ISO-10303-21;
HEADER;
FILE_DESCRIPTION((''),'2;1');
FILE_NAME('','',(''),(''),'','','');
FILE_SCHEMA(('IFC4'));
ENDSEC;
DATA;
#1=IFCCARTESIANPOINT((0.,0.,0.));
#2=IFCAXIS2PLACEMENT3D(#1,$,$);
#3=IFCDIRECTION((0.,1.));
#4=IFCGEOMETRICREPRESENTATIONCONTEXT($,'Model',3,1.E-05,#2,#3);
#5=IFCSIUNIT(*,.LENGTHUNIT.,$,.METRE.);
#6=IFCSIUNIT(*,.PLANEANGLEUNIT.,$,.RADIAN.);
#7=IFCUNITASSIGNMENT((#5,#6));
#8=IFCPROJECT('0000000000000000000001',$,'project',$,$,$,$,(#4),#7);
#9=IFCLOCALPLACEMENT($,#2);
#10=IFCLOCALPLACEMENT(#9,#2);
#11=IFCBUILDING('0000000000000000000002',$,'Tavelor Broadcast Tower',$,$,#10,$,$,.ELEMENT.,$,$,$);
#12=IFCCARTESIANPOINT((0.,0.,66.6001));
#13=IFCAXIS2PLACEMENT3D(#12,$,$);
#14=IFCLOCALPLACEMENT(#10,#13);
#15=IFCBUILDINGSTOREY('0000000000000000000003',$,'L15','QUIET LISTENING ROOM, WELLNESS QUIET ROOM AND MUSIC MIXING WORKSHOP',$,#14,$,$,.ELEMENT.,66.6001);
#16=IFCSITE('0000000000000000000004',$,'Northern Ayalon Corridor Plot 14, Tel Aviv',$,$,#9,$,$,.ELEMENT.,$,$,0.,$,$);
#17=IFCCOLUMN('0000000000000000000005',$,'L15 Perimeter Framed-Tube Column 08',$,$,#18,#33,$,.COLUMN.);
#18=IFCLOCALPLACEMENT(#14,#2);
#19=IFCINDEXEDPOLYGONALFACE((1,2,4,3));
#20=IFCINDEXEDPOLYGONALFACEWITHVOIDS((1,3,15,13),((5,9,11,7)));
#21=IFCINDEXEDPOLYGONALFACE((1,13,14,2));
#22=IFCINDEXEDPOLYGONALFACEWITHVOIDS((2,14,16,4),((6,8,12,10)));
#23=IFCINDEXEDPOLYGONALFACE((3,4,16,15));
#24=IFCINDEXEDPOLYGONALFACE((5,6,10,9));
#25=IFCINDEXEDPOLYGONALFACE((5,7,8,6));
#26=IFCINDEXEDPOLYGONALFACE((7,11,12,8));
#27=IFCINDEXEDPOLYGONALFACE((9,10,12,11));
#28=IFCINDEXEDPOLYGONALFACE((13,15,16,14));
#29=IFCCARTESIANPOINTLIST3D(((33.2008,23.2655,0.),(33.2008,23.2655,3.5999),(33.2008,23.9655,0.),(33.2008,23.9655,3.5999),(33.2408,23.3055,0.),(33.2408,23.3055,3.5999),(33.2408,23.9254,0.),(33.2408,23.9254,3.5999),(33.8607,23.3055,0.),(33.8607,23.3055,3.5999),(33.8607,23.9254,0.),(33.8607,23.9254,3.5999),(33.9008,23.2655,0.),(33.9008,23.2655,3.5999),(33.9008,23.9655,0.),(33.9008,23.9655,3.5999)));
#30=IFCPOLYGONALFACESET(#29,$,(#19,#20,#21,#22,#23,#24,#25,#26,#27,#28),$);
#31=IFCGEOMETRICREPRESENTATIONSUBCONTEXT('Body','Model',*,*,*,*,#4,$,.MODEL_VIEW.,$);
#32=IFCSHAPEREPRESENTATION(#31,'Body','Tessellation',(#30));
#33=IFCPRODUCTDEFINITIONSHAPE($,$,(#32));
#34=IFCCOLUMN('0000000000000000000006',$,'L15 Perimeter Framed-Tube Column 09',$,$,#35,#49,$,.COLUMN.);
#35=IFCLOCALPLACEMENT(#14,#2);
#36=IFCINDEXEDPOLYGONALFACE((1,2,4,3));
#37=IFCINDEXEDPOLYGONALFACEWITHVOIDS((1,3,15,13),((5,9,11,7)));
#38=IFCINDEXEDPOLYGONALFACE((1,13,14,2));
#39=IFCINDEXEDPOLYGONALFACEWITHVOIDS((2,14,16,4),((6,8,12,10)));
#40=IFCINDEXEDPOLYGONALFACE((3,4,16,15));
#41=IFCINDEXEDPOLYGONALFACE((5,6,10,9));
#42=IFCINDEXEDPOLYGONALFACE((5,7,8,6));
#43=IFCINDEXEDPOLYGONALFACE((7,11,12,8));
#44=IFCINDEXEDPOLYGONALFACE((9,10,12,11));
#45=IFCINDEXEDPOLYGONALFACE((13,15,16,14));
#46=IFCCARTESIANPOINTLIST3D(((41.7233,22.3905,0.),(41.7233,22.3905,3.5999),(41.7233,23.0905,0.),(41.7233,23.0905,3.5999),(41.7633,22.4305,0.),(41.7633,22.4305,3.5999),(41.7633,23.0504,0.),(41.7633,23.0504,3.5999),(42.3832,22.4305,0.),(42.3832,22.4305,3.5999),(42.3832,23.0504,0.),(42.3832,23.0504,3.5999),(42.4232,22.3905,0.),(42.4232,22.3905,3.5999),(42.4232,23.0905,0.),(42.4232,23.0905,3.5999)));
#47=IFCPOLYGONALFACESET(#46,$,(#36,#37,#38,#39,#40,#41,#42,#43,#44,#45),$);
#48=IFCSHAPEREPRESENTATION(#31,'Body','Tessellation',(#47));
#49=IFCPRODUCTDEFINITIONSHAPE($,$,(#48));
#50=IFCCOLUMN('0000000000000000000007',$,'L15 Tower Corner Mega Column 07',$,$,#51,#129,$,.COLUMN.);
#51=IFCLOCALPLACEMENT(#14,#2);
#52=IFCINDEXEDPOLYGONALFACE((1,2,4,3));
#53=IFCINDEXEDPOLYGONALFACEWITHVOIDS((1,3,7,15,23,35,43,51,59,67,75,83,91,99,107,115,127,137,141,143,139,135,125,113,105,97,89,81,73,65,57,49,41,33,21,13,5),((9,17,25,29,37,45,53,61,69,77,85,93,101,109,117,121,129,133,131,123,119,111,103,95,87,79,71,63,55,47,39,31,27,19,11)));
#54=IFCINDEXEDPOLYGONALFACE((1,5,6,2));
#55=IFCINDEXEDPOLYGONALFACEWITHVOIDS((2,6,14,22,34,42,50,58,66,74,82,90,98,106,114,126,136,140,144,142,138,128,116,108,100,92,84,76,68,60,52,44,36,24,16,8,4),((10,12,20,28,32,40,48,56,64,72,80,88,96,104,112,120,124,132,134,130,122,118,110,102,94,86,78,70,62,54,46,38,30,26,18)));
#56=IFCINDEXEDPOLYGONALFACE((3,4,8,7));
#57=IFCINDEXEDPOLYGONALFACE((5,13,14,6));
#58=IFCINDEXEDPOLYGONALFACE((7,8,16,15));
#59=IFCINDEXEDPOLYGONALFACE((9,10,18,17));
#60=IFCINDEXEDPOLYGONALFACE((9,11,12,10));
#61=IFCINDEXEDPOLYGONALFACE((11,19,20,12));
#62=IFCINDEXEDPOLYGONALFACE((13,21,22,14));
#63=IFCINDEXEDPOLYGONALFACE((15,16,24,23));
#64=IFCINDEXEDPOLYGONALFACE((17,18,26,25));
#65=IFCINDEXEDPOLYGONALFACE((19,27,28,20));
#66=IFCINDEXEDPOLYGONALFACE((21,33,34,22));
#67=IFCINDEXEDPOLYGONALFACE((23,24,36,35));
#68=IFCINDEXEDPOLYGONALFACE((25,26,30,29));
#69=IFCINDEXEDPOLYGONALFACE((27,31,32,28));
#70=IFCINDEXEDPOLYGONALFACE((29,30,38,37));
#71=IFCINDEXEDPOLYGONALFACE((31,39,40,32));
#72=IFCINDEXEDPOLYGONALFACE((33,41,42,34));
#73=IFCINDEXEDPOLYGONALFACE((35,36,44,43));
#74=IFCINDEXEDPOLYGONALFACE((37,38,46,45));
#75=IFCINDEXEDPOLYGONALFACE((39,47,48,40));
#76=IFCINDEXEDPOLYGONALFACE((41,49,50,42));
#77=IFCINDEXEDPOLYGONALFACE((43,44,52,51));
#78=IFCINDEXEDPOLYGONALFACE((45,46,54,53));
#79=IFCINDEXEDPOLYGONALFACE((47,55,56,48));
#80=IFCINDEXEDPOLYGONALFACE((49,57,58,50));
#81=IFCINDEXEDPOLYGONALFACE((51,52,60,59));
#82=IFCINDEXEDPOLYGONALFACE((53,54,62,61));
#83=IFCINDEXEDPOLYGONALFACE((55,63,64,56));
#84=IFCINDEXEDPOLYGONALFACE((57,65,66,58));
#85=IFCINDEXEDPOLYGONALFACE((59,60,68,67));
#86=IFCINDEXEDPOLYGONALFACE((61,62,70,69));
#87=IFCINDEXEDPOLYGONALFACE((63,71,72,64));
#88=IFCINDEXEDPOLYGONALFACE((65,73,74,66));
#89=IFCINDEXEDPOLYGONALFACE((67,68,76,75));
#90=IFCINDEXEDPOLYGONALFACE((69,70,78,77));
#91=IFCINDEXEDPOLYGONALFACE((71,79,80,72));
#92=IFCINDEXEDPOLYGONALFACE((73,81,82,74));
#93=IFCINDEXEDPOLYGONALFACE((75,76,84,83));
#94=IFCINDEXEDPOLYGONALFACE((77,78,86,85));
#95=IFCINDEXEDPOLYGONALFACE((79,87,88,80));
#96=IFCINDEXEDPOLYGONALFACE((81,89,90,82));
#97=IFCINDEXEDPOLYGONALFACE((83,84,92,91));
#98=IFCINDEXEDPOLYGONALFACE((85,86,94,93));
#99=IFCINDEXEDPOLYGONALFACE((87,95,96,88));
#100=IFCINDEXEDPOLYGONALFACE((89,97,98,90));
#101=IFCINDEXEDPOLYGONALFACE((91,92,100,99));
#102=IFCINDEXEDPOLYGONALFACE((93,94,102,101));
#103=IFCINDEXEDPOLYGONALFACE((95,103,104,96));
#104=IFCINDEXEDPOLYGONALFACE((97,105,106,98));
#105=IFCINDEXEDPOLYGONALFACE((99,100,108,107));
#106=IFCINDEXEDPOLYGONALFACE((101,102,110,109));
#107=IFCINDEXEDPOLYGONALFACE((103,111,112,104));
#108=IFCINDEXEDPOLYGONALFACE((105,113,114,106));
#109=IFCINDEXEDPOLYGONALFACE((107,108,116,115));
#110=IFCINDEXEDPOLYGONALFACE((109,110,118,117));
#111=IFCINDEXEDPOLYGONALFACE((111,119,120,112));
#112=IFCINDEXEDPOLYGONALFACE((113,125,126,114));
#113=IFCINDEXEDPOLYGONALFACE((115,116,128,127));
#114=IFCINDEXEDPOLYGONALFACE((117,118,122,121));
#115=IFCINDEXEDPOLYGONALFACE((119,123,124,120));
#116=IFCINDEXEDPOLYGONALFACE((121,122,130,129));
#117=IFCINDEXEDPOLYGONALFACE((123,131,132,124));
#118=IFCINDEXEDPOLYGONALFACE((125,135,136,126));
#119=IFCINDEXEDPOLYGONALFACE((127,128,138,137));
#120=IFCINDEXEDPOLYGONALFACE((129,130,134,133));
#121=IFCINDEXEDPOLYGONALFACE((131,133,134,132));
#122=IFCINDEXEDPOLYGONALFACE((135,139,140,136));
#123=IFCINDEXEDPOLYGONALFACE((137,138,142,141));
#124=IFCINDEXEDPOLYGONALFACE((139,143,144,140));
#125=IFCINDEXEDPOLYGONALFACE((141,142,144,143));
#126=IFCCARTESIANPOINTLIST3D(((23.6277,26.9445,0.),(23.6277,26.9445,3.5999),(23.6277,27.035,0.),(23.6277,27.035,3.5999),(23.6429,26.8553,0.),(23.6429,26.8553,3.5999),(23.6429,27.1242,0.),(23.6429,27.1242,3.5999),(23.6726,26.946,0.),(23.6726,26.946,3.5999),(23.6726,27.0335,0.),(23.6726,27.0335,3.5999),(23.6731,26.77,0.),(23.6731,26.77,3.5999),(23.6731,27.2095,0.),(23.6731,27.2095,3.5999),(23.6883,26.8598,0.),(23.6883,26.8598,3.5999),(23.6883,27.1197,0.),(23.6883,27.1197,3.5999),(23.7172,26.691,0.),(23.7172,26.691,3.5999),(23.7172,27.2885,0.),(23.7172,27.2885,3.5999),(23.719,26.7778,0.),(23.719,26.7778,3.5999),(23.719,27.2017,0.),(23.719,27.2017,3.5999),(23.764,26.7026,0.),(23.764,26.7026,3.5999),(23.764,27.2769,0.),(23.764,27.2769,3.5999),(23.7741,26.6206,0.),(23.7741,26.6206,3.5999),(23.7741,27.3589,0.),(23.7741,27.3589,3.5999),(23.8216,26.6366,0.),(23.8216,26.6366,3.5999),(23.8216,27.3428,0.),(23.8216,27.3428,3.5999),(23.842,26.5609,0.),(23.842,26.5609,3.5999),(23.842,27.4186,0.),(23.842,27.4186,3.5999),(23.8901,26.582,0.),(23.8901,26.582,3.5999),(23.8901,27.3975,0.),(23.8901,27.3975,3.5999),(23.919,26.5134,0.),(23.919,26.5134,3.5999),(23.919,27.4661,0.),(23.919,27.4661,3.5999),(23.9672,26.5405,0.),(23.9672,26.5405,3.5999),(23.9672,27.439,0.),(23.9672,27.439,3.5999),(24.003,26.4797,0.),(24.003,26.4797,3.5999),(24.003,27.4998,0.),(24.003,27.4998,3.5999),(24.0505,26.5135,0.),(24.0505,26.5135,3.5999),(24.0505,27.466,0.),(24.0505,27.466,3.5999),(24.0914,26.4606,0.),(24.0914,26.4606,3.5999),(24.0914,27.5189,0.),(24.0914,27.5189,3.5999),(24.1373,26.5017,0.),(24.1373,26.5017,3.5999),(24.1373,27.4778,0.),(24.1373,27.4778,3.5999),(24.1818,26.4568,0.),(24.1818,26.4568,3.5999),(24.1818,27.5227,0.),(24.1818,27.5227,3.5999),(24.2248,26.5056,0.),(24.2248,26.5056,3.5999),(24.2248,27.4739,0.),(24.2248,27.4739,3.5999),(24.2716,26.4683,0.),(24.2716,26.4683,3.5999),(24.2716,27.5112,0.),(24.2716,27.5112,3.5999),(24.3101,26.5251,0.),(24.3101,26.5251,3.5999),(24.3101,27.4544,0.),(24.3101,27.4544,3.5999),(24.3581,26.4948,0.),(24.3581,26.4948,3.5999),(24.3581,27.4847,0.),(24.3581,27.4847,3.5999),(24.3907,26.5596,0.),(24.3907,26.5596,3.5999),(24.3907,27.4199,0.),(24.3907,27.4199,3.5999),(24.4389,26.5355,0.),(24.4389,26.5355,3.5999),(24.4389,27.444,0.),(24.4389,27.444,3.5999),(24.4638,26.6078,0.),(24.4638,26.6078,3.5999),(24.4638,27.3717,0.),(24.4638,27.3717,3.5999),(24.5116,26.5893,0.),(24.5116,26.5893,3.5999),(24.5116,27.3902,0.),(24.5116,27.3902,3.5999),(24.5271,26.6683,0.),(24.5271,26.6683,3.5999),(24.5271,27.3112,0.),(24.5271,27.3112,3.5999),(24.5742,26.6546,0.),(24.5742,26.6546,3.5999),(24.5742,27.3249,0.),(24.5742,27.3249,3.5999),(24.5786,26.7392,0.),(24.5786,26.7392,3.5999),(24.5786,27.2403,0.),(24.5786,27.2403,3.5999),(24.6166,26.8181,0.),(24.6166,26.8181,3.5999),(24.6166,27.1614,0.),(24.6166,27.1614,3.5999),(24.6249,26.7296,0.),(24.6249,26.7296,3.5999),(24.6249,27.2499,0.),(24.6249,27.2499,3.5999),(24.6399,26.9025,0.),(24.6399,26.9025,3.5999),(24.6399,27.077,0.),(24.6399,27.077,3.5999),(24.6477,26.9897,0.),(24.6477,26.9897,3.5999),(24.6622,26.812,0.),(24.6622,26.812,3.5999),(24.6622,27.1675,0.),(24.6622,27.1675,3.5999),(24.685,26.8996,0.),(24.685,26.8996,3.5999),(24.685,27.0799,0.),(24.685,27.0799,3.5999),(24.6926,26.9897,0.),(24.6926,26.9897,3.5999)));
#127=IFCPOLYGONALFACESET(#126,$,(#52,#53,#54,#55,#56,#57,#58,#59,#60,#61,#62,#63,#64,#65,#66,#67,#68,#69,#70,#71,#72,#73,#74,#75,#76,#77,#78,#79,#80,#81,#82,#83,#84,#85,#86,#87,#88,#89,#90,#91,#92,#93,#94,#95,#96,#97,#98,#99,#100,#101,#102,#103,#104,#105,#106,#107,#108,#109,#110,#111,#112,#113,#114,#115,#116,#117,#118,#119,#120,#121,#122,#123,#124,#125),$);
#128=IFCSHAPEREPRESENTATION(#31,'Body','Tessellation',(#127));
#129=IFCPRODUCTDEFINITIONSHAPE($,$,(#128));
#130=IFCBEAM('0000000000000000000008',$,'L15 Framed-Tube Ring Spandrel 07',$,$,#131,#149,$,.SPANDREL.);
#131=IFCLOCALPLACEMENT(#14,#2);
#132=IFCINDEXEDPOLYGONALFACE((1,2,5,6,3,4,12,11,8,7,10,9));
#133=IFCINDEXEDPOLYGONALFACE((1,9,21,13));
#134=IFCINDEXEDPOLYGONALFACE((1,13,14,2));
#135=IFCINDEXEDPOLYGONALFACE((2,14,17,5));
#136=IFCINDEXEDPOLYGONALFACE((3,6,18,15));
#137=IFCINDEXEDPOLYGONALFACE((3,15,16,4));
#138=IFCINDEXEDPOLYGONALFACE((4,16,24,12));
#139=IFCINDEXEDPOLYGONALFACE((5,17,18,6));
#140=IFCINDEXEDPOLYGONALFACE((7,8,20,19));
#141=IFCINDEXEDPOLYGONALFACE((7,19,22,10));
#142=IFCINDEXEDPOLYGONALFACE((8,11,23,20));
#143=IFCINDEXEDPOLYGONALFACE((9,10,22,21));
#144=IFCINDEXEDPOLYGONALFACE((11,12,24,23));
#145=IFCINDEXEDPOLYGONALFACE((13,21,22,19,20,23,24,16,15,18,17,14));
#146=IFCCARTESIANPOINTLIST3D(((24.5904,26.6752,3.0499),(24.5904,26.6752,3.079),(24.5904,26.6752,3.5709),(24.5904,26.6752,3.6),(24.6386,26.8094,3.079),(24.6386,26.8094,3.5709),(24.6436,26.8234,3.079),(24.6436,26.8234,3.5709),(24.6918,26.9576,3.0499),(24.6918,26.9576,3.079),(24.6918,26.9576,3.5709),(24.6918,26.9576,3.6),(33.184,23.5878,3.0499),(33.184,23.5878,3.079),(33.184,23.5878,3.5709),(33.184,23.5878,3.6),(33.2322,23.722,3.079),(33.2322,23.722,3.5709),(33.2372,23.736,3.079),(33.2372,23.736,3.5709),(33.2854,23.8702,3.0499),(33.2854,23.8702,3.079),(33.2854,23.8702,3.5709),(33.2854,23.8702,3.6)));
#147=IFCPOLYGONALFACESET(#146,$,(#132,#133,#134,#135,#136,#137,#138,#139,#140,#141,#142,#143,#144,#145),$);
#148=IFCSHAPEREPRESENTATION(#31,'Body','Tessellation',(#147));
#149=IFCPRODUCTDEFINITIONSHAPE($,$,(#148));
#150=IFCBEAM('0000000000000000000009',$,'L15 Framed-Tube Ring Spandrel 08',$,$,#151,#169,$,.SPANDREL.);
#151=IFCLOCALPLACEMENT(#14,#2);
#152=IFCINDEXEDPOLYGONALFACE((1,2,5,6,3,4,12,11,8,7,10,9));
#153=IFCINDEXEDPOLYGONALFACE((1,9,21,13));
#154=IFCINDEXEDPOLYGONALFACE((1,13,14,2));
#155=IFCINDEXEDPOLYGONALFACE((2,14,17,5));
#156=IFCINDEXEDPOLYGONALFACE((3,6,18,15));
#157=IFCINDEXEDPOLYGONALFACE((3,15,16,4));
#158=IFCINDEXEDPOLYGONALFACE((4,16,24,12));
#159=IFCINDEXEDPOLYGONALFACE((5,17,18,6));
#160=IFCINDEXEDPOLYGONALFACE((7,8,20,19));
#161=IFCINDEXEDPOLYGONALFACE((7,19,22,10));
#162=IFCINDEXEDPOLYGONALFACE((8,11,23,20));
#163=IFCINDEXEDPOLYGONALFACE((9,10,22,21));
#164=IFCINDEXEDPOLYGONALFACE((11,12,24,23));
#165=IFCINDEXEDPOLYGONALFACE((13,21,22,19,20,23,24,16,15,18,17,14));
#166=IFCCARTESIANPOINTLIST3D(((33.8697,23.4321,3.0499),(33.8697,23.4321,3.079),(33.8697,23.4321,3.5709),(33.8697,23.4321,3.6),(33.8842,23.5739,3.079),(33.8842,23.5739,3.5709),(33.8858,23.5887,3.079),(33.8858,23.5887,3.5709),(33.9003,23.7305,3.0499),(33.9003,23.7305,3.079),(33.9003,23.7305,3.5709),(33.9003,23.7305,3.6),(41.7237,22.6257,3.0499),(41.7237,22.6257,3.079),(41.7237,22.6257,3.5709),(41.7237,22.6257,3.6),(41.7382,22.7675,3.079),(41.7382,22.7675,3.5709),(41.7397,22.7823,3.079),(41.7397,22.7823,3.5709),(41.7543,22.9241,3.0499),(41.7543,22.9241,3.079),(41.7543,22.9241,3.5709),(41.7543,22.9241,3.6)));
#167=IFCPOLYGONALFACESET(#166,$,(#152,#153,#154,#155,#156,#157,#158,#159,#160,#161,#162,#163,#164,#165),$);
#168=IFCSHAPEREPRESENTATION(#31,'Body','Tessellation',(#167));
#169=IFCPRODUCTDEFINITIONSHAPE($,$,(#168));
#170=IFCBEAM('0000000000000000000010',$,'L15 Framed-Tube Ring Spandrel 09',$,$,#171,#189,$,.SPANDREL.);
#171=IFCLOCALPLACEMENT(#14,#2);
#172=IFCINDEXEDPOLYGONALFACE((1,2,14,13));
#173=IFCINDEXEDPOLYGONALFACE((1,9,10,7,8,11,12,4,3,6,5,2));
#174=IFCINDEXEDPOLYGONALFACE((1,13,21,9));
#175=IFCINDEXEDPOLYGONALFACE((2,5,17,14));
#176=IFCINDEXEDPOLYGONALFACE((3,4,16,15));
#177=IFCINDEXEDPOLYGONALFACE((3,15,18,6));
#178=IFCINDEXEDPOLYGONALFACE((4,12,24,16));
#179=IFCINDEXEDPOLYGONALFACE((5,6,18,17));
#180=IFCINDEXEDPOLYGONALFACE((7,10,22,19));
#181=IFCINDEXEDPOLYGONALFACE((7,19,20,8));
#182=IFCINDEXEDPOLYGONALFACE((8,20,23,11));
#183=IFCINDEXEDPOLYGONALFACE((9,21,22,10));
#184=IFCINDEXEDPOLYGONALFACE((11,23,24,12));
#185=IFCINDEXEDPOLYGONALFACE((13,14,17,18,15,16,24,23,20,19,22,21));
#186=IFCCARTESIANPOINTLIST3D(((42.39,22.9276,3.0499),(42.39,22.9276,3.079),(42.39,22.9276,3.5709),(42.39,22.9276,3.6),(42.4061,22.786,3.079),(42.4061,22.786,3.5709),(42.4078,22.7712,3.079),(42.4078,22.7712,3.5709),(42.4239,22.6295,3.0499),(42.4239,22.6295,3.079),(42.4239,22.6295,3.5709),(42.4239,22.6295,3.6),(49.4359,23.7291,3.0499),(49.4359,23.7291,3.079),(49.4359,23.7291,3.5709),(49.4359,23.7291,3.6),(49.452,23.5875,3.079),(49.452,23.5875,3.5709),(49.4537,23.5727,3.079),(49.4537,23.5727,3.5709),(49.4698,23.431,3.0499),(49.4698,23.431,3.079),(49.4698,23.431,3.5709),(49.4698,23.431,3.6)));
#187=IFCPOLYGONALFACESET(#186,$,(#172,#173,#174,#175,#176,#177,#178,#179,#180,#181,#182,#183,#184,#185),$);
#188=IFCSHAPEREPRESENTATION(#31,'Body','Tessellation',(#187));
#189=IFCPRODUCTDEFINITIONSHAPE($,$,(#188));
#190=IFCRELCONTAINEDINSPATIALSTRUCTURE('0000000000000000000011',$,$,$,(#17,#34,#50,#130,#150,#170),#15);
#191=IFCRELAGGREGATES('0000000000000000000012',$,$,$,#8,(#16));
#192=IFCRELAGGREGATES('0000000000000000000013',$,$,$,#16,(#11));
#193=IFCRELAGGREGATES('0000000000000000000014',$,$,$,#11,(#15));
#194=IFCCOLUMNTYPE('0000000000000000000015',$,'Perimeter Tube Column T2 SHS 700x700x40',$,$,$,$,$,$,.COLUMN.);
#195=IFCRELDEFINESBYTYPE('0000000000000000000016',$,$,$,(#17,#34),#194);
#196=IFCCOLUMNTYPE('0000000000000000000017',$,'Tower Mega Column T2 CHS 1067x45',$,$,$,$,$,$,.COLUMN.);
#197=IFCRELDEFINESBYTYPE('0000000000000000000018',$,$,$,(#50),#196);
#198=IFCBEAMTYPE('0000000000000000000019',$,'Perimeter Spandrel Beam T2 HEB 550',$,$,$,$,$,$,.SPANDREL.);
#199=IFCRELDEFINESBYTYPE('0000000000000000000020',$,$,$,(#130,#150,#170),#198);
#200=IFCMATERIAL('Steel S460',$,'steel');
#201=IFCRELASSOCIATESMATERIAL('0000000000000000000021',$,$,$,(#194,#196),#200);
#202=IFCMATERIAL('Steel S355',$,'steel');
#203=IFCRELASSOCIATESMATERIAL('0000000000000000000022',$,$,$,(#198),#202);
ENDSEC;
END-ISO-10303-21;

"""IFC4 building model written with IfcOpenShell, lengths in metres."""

from ifc_helpers import new_model, si_unit, direction, frame, origin, origin_2d, place, context, subcontext, project, spatial, hollow_rectangle, hollow_circle, i_section, extrude, material, material_profile, profile_set, type_object, element, save


model = new_model("IFC4")

# Units and contexts
model_context = context("Model", 3, precision=1e-05, world=origin(), true_north=direction((0.0, 1.0)))
body_context = subcontext(model_context, "Body", "Model", "MODEL_VIEW")
ifc_project = project(units=[si_unit("LENGTHUNIT", "METRE"), si_unit("PLANEANGLEUNIT", "RADIAN")], contexts=[model_context])

# Site, building, storey
site_placement = place(None, origin())
site = spatial("IfcSite", under=ifc_project, at=site_placement, Name="Northern Ayalon Corridor Plot 14, Tel Aviv", CompositionType="ELEMENT", RefElevation=0.0)
building_placement = place(site_placement, origin())
building = spatial("IfcBuilding", under=site, at=building_placement, Name="Tavelor Broadcast Tower", CompositionType="ELEMENT")
storey_placement = place(building_placement, frame((0.0, 0.0, 66.6001)))
storey = spatial("IfcBuildingStorey", under=building, at=storey_placement, Name="L15", Description="QUIET LISTENING ROOM, WELLNESS QUIET ROOM AND MUSIC MIXING WORKSHOP", CompositionType="ELEMENT", Elevation=66.6001)

# Columns
ifc_material_1 = material(Name="Steel S460", Category="steel")
ifc_material_profile_1 = material_profile(ifc_material_1, hollow_rectangle(XDim=0.7, YDim=0.7, WallThickness=0.04, at=origin_2d()), Name="SHS 700x700x40")
ifc_profile_set_1 = profile_set([ifc_material_profile_1], Name="Steel S460")
column_type_1 = type_object("IfcColumnType", Name="Perimeter Tube Column T2 SHS 700x700x40", PredefinedType="COLUMN", material=ifc_profile_set_1)
for number, where, z_axis, x_axis, name in (
    (1, (33.5508, 23.6155, 0.0), (0.0, 0.0, 1.0), (1.0, 0.0, 0.0), "L15 Perimeter Framed-Tube Column 08"),
    (2, (42.0732, 22.7405, 0.0), (0.0, 0.0, 1.0), (1.0, 0.0, 0.0), "L15 Perimeter Framed-Tube Column 09"),
):
    element("IfcColumn", number, at=place(storey_placement, frame(where, z_axis=z_axis, x_axis=x_axis)), inside=storey, type_object=column_type_1, Name=name, PredefinedType="COLUMN", context=body_context, shape_type="SweptSolid", body=[
        extrude(hollow_rectangle(XDim=0.7, YDim=0.7, WallThickness=0.04, at=origin_2d()), origin(), (0.0, 0.0, 1.0), 3.5999),
    ])
ifc_material_profile_2 = material_profile(ifc_material_1, hollow_circle(Radius=0.5334, WallThickness=0.0449, at=origin_2d()), Name="CHS 1067x45")
ifc_profile_set_2 = profile_set([ifc_material_profile_2], Name="Steel S460")
column_type_2 = type_object("IfcColumnType", Name="Tower Mega Column T2 CHS 1067x45", PredefinedType="COLUMN", material=ifc_profile_set_2)
column_placement = place(storey_placement, frame((24.1592, 26.9897, 0.0), z_axis=(0.0, 0.0, 1.0), x_axis=(1.0, 0.0, 0.0)))
element("IfcColumn", 3, at=column_placement, inside=storey, type_object=column_type_2, Name="L15 Tower Corner Mega Column 07", PredefinedType="COLUMN", context=body_context, shape_type="SweptSolid", body=[
    extrude(hollow_circle(Radius=0.5334, WallThickness=0.0449, at=origin_2d()), origin(), (0.0, 0.0, 1.0), 3.5999),
])

# Beams
ifc_material_2 = material(Name="Steel S355", Category="steel")
ifc_material_profile_3 = material_profile(ifc_material_2, i_section(OverallWidth=0.3, OverallDepth=0.55, WebThickness=0.0149, FlangeThickness=0.0291, at=origin_2d()), Name="HEB 550")
ifc_profile_set_3 = profile_set([ifc_material_profile_3], Name="Steel S355")
beam_type = type_object("IfcBeamType", Name="Perimeter Spandrel Beam T2 HEB 550", PredefinedType="SPANDREL", material=ifc_profile_set_3)
beam_1_placement = place(storey_placement, frame((24.6411, 26.8164, 3.325), z_axis=(0.941106, -0.338113, 0.0), x_axis=(0.338113, 0.941106, 0.0)))
element("IfcBeam", 4, at=beam_1_placement, inside=storey, type_object=beam_type, Name="L15 Framed-Tube Ring Spandrel 07", PredefinedType="SPANDREL", context=body_context, shape_type="SweptSolid", body=[
    extrude(i_section(OverallWidth=0.3, OverallDepth=0.55, WebThickness=0.0149, FlangeThickness=0.0291, at=origin_2d()), origin(), (0.0, 0.0, 1.0), 9.1313),
])
beam_2_placement = place(storey_placement, frame((33.885, 23.5813, 3.325), z_axis=(0.99477, -0.102136, 0.0), x_axis=(0.102136, 0.99477, 0.0)))
element("IfcBeam", 5, at=beam_2_placement, inside=storey, type_object=beam_type, Name="L15 Framed-Tube Ring Spandrel 08", PredefinedType="SPANDREL", context=body_context, shape_type="SweptSolid", body=[
    extrude(i_section(OverallWidth=0.3, OverallDepth=0.55, WebThickness=0.0149, FlangeThickness=0.0291, at=origin_2d()), origin(), (0.0, 0.0, 1.0), 7.8953),
])
beam_3_placement = place(storey_placement, frame((42.407, 22.7786, 3.325), z_axis=(0.993592, 0.113027, 0.0), x_axis=(-0.113027, 0.993592, 0.0)))
element("IfcBeam", 6, at=beam_3_placement, inside=storey, type_object=beam_type, Name="L15 Framed-Tube Ring Spandrel 09", PredefinedType="SPANDREL", context=body_context, shape_type="SweptSolid", body=[
    extrude(i_section(OverallWidth=0.3, OverallDepth=0.55, WebThickness=0.0149, FlangeThickness=0.0291, at=origin_2d()), origin(), (0.0, 0.0, 1.0), 7.0913),
])

save(model, "model.ifc")
